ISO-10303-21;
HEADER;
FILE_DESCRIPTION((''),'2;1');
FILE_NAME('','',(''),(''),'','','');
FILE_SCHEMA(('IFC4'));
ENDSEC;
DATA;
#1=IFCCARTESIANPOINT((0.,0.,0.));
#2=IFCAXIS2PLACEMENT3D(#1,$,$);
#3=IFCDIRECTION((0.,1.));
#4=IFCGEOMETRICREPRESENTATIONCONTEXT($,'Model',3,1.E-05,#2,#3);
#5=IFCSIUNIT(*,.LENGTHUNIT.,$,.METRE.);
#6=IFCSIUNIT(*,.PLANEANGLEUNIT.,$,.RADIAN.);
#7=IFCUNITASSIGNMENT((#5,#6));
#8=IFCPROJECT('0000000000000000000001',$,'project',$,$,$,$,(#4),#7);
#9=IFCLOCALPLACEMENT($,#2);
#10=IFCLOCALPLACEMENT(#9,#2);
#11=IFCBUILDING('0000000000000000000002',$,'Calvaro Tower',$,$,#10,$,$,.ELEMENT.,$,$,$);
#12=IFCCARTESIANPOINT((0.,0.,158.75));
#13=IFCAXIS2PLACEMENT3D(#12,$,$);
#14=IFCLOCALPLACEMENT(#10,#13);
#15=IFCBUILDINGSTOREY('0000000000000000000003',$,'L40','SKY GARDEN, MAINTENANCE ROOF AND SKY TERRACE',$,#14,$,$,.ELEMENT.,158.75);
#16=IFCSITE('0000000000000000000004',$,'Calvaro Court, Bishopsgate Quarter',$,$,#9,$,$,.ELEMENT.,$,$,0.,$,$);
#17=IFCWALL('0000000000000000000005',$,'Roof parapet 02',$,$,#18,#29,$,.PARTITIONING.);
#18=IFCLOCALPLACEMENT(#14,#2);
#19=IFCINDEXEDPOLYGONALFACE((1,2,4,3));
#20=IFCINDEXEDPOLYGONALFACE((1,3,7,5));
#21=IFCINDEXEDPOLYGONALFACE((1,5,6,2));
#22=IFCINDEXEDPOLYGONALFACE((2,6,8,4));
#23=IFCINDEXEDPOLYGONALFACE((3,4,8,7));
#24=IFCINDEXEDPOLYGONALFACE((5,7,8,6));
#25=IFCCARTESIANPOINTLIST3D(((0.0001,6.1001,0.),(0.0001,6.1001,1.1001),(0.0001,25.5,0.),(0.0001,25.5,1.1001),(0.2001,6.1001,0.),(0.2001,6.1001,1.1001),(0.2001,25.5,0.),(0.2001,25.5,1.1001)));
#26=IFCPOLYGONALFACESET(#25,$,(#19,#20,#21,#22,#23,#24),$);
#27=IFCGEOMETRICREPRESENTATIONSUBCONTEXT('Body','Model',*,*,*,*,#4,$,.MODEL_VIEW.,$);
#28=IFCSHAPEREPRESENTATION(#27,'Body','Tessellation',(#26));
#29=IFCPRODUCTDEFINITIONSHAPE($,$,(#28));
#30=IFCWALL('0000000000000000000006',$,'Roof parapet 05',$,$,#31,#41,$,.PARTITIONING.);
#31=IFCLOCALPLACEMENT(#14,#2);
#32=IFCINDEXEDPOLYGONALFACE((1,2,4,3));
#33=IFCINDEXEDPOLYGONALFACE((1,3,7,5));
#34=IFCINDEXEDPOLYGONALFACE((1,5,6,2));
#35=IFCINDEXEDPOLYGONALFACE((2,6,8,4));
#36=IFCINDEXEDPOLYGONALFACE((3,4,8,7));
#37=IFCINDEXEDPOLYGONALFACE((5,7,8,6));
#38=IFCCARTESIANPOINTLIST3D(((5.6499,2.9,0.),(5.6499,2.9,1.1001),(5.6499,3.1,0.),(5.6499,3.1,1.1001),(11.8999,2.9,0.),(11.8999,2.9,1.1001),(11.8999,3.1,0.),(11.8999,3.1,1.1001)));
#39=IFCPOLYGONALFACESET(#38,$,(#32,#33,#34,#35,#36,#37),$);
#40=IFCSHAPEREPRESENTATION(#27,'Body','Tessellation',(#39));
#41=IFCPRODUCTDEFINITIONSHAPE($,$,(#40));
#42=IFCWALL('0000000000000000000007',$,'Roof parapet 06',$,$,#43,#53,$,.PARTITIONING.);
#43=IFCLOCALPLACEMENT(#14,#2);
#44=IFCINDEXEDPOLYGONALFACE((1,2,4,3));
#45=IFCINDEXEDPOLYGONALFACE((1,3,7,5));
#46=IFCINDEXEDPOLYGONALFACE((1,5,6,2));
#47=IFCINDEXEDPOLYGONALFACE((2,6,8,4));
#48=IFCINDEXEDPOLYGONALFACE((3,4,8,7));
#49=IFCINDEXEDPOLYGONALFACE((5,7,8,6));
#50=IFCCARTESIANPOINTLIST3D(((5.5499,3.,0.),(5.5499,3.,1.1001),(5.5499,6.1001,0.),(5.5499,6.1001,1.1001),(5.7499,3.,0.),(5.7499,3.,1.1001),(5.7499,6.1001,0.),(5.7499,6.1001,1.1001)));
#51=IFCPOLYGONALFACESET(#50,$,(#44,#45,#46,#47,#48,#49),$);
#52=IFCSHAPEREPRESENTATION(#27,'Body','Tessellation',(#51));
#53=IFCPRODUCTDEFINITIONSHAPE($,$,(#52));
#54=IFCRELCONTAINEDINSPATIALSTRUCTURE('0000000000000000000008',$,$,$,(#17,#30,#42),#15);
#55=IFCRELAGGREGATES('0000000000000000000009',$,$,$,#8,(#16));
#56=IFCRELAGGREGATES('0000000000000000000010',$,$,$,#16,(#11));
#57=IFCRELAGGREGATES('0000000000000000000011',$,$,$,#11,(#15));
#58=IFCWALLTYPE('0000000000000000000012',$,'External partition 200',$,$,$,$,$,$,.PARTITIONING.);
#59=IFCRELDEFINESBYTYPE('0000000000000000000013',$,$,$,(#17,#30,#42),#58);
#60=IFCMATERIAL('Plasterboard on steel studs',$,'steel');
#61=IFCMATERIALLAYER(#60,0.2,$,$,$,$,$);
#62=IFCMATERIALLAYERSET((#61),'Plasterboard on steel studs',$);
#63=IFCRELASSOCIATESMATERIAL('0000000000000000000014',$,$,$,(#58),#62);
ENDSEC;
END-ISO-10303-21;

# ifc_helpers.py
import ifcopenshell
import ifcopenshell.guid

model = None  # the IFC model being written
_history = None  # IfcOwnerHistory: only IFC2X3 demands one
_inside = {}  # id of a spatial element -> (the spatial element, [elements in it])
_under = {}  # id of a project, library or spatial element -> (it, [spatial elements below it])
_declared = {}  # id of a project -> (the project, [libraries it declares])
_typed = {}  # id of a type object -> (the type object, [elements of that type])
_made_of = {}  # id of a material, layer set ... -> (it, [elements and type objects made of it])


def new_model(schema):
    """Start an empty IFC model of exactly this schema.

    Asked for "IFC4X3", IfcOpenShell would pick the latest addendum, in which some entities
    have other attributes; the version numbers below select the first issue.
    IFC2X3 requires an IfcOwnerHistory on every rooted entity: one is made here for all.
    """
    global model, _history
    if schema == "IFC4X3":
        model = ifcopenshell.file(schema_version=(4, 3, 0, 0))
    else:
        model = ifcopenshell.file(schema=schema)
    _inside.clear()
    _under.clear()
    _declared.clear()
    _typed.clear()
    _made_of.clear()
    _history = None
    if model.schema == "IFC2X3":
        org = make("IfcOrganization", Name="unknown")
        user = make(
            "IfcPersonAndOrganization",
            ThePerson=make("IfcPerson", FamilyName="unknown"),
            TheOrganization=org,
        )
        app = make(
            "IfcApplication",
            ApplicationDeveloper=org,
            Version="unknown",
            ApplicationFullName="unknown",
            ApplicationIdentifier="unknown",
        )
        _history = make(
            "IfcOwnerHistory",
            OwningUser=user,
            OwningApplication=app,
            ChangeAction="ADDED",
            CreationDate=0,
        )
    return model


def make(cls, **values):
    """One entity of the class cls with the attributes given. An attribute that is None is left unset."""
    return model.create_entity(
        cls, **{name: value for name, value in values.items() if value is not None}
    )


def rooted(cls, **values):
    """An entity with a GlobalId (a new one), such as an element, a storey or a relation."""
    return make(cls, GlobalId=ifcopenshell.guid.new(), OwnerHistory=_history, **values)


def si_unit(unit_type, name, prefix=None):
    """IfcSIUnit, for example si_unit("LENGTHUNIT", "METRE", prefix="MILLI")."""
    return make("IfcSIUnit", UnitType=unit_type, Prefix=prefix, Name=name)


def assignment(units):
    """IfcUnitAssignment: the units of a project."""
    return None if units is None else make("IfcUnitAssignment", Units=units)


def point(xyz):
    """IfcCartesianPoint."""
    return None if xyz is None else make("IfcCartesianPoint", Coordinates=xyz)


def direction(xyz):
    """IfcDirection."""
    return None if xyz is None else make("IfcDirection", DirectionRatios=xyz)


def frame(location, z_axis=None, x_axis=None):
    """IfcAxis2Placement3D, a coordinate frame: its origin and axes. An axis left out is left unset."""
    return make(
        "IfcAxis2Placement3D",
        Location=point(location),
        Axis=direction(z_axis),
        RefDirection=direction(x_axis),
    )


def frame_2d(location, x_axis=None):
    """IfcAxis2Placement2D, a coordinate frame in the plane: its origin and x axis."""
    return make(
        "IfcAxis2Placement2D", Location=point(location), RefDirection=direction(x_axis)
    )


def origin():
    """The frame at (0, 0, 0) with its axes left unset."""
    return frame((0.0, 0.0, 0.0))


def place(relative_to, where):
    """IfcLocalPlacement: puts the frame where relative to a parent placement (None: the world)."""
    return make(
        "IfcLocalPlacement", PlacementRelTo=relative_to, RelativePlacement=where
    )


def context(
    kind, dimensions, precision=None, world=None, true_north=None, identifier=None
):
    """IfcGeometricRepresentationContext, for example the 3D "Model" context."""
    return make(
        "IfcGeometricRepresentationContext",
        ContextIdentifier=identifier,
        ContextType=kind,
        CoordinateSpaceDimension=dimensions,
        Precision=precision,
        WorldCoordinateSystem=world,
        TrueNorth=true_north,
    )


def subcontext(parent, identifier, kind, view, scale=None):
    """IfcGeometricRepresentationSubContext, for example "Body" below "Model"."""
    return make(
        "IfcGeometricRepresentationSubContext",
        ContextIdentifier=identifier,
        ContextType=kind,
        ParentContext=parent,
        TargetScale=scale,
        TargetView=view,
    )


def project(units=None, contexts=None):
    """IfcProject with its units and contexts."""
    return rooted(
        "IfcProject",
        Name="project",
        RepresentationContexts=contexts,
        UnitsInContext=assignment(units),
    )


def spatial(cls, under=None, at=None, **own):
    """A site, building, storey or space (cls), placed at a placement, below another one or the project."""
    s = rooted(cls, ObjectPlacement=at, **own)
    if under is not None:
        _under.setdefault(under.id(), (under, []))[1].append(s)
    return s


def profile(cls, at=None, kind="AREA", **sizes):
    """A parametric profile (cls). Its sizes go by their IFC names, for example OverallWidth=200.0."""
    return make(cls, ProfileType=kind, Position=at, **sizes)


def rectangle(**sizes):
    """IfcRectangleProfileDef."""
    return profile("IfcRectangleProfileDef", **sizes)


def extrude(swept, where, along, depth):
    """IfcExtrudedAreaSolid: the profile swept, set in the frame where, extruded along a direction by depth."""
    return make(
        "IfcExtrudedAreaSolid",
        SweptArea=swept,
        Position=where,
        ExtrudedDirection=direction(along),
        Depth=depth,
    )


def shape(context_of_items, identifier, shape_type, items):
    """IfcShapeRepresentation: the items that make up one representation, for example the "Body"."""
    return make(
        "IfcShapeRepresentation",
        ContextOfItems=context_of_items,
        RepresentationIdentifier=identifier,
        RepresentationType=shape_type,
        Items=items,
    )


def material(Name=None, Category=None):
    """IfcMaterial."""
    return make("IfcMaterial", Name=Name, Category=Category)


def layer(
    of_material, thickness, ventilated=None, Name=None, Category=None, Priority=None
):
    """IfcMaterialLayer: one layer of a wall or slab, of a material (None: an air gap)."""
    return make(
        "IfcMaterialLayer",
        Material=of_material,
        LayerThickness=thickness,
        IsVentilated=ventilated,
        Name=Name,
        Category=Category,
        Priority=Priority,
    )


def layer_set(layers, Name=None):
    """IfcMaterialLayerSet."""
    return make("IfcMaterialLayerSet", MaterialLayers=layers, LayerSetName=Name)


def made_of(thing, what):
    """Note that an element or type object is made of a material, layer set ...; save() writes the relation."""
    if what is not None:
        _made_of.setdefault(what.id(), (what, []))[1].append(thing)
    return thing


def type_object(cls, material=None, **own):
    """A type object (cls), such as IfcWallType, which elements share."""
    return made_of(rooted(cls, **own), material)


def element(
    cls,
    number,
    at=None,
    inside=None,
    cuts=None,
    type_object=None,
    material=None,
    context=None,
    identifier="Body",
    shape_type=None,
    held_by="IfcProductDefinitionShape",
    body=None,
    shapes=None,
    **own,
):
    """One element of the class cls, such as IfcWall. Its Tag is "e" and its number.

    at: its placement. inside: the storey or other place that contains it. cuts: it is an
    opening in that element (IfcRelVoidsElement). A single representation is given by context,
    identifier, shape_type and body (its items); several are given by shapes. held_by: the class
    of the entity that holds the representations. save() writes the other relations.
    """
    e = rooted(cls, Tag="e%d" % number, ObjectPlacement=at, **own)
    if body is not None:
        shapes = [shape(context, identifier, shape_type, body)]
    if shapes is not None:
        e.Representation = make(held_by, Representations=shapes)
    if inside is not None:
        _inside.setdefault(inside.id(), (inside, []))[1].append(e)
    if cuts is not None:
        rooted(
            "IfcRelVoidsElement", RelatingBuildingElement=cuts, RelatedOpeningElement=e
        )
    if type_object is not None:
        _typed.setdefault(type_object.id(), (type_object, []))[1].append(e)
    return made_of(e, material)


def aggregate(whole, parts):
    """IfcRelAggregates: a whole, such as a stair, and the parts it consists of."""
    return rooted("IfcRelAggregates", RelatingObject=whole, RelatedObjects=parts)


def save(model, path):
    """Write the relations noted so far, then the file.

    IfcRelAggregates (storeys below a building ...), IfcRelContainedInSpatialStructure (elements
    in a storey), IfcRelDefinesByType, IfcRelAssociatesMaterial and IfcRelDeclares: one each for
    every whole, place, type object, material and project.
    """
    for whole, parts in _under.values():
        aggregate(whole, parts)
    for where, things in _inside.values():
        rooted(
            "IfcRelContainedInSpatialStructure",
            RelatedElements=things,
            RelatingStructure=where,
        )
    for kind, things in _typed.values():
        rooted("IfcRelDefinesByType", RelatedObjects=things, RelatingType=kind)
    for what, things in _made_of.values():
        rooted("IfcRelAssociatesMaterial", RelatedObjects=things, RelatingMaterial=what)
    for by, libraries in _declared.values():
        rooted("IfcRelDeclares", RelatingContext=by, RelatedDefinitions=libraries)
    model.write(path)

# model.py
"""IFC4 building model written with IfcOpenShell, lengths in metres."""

from ifc_helpers import new_model, si_unit, direction, frame, frame_2d, origin, place, context, subcontext, project, spatial, rectangle, extrude, material, layer, layer_set, type_object, element, save


model = new_model("IFC4")

# Units and contexts
model_context = context("Model", 3, precision=1e-05, world=origin(), true_north=direction((0.0, 1.0)))
body_context = subcontext(model_context, "Body", "Model", "MODEL_VIEW")
ifc_project = project(units=[si_unit("LENGTHUNIT", "METRE"), si_unit("PLANEANGLEUNIT", "RADIAN")], contexts=[model_context])

# Site, building, storey
site_placement = place(None, origin())
site = spatial("IfcSite", under=ifc_project, at=site_placement, Name="Calvaro Court, Bishopsgate Quarter", CompositionType="ELEMENT", RefElevation=0.0)
building_placement = place(site_placement, origin())
building = spatial("IfcBuilding", under=site, at=building_placement, Name="Calvaro Tower", CompositionType="ELEMENT")
storey_placement = place(building_placement, frame((0.0, 0.0, 158.75)))
storey = spatial("IfcBuildingStorey", under=building, at=storey_placement, Name="L40", Description="SKY GARDEN, MAINTENANCE ROOF AND SKY TERRACE", CompositionType="ELEMENT", Elevation=158.75)

# Walls
ifc_material_1 = material(Name="Plasterboard on steel studs", Category="steel")
ifc_layer = layer(ifc_material_1, 0.2)
ifc_layer_set = layer_set([ifc_layer], Name="Plasterboard on steel studs")
wall_type = type_object("IfcWallType", Name="External partition 200", PredefinedType="PARTITIONING", material=ifc_layer_set)
wall_1_placement = place(storey_placement, frame((0.1001, 6.1001, 0.0), z_axis=(0.0, 0.0, 1.0), x_axis=(0.0, 1.0, 0.0)))
element("IfcWall", 1, at=wall_1_placement, inside=storey, type_object=wall_type, Name="Roof parapet 02", PredefinedType="PARTITIONING", context=body_context, shape_type="SweptSolid", body=[
    extrude(rectangle(XDim=19.3999, YDim=0.2, at=frame_2d((9.7, 0.0))), origin(), (0.0, 0.0, 1.0), 1.1001),
])
wall_2_placement = place(storey_placement, frame((11.8999, 3.0, 0.0), z_axis=(0.0, 0.0, 1.0), x_axis=(-1.0, 0.0, 0.0)))
element("IfcWall", 2, at=wall_2_placement, inside=storey, type_object=wall_type, Name="Roof parapet 05", PredefinedType="PARTITIONING", context=body_context, shape_type="SweptSolid", body=[
    extrude(rectangle(XDim=6.25, YDim=0.2, at=frame_2d((3.125, 0.0))), origin(), (0.0, 0.0, 1.0), 1.1001),
])
wall_3_placement = place(storey_placement, frame((5.6499, 3.0, 0.0), z_axis=(0.0, 0.0, 1.0), x_axis=(0.0, 1.0, 0.0)))
element("IfcWall", 3, at=wall_3_placement, inside=storey, type_object=wall_type, Name="Roof parapet 06", PredefinedType="PARTITIONING", context=body_context, shape_type="SweptSolid", body=[
    extrude(rectangle(XDim=3.1001, YDim=0.2, at=frame_2d((1.55, 0.0))), origin(), (0.0, 0.0, 1.0), 1.1001),
])

save(model, "model.ifc")
